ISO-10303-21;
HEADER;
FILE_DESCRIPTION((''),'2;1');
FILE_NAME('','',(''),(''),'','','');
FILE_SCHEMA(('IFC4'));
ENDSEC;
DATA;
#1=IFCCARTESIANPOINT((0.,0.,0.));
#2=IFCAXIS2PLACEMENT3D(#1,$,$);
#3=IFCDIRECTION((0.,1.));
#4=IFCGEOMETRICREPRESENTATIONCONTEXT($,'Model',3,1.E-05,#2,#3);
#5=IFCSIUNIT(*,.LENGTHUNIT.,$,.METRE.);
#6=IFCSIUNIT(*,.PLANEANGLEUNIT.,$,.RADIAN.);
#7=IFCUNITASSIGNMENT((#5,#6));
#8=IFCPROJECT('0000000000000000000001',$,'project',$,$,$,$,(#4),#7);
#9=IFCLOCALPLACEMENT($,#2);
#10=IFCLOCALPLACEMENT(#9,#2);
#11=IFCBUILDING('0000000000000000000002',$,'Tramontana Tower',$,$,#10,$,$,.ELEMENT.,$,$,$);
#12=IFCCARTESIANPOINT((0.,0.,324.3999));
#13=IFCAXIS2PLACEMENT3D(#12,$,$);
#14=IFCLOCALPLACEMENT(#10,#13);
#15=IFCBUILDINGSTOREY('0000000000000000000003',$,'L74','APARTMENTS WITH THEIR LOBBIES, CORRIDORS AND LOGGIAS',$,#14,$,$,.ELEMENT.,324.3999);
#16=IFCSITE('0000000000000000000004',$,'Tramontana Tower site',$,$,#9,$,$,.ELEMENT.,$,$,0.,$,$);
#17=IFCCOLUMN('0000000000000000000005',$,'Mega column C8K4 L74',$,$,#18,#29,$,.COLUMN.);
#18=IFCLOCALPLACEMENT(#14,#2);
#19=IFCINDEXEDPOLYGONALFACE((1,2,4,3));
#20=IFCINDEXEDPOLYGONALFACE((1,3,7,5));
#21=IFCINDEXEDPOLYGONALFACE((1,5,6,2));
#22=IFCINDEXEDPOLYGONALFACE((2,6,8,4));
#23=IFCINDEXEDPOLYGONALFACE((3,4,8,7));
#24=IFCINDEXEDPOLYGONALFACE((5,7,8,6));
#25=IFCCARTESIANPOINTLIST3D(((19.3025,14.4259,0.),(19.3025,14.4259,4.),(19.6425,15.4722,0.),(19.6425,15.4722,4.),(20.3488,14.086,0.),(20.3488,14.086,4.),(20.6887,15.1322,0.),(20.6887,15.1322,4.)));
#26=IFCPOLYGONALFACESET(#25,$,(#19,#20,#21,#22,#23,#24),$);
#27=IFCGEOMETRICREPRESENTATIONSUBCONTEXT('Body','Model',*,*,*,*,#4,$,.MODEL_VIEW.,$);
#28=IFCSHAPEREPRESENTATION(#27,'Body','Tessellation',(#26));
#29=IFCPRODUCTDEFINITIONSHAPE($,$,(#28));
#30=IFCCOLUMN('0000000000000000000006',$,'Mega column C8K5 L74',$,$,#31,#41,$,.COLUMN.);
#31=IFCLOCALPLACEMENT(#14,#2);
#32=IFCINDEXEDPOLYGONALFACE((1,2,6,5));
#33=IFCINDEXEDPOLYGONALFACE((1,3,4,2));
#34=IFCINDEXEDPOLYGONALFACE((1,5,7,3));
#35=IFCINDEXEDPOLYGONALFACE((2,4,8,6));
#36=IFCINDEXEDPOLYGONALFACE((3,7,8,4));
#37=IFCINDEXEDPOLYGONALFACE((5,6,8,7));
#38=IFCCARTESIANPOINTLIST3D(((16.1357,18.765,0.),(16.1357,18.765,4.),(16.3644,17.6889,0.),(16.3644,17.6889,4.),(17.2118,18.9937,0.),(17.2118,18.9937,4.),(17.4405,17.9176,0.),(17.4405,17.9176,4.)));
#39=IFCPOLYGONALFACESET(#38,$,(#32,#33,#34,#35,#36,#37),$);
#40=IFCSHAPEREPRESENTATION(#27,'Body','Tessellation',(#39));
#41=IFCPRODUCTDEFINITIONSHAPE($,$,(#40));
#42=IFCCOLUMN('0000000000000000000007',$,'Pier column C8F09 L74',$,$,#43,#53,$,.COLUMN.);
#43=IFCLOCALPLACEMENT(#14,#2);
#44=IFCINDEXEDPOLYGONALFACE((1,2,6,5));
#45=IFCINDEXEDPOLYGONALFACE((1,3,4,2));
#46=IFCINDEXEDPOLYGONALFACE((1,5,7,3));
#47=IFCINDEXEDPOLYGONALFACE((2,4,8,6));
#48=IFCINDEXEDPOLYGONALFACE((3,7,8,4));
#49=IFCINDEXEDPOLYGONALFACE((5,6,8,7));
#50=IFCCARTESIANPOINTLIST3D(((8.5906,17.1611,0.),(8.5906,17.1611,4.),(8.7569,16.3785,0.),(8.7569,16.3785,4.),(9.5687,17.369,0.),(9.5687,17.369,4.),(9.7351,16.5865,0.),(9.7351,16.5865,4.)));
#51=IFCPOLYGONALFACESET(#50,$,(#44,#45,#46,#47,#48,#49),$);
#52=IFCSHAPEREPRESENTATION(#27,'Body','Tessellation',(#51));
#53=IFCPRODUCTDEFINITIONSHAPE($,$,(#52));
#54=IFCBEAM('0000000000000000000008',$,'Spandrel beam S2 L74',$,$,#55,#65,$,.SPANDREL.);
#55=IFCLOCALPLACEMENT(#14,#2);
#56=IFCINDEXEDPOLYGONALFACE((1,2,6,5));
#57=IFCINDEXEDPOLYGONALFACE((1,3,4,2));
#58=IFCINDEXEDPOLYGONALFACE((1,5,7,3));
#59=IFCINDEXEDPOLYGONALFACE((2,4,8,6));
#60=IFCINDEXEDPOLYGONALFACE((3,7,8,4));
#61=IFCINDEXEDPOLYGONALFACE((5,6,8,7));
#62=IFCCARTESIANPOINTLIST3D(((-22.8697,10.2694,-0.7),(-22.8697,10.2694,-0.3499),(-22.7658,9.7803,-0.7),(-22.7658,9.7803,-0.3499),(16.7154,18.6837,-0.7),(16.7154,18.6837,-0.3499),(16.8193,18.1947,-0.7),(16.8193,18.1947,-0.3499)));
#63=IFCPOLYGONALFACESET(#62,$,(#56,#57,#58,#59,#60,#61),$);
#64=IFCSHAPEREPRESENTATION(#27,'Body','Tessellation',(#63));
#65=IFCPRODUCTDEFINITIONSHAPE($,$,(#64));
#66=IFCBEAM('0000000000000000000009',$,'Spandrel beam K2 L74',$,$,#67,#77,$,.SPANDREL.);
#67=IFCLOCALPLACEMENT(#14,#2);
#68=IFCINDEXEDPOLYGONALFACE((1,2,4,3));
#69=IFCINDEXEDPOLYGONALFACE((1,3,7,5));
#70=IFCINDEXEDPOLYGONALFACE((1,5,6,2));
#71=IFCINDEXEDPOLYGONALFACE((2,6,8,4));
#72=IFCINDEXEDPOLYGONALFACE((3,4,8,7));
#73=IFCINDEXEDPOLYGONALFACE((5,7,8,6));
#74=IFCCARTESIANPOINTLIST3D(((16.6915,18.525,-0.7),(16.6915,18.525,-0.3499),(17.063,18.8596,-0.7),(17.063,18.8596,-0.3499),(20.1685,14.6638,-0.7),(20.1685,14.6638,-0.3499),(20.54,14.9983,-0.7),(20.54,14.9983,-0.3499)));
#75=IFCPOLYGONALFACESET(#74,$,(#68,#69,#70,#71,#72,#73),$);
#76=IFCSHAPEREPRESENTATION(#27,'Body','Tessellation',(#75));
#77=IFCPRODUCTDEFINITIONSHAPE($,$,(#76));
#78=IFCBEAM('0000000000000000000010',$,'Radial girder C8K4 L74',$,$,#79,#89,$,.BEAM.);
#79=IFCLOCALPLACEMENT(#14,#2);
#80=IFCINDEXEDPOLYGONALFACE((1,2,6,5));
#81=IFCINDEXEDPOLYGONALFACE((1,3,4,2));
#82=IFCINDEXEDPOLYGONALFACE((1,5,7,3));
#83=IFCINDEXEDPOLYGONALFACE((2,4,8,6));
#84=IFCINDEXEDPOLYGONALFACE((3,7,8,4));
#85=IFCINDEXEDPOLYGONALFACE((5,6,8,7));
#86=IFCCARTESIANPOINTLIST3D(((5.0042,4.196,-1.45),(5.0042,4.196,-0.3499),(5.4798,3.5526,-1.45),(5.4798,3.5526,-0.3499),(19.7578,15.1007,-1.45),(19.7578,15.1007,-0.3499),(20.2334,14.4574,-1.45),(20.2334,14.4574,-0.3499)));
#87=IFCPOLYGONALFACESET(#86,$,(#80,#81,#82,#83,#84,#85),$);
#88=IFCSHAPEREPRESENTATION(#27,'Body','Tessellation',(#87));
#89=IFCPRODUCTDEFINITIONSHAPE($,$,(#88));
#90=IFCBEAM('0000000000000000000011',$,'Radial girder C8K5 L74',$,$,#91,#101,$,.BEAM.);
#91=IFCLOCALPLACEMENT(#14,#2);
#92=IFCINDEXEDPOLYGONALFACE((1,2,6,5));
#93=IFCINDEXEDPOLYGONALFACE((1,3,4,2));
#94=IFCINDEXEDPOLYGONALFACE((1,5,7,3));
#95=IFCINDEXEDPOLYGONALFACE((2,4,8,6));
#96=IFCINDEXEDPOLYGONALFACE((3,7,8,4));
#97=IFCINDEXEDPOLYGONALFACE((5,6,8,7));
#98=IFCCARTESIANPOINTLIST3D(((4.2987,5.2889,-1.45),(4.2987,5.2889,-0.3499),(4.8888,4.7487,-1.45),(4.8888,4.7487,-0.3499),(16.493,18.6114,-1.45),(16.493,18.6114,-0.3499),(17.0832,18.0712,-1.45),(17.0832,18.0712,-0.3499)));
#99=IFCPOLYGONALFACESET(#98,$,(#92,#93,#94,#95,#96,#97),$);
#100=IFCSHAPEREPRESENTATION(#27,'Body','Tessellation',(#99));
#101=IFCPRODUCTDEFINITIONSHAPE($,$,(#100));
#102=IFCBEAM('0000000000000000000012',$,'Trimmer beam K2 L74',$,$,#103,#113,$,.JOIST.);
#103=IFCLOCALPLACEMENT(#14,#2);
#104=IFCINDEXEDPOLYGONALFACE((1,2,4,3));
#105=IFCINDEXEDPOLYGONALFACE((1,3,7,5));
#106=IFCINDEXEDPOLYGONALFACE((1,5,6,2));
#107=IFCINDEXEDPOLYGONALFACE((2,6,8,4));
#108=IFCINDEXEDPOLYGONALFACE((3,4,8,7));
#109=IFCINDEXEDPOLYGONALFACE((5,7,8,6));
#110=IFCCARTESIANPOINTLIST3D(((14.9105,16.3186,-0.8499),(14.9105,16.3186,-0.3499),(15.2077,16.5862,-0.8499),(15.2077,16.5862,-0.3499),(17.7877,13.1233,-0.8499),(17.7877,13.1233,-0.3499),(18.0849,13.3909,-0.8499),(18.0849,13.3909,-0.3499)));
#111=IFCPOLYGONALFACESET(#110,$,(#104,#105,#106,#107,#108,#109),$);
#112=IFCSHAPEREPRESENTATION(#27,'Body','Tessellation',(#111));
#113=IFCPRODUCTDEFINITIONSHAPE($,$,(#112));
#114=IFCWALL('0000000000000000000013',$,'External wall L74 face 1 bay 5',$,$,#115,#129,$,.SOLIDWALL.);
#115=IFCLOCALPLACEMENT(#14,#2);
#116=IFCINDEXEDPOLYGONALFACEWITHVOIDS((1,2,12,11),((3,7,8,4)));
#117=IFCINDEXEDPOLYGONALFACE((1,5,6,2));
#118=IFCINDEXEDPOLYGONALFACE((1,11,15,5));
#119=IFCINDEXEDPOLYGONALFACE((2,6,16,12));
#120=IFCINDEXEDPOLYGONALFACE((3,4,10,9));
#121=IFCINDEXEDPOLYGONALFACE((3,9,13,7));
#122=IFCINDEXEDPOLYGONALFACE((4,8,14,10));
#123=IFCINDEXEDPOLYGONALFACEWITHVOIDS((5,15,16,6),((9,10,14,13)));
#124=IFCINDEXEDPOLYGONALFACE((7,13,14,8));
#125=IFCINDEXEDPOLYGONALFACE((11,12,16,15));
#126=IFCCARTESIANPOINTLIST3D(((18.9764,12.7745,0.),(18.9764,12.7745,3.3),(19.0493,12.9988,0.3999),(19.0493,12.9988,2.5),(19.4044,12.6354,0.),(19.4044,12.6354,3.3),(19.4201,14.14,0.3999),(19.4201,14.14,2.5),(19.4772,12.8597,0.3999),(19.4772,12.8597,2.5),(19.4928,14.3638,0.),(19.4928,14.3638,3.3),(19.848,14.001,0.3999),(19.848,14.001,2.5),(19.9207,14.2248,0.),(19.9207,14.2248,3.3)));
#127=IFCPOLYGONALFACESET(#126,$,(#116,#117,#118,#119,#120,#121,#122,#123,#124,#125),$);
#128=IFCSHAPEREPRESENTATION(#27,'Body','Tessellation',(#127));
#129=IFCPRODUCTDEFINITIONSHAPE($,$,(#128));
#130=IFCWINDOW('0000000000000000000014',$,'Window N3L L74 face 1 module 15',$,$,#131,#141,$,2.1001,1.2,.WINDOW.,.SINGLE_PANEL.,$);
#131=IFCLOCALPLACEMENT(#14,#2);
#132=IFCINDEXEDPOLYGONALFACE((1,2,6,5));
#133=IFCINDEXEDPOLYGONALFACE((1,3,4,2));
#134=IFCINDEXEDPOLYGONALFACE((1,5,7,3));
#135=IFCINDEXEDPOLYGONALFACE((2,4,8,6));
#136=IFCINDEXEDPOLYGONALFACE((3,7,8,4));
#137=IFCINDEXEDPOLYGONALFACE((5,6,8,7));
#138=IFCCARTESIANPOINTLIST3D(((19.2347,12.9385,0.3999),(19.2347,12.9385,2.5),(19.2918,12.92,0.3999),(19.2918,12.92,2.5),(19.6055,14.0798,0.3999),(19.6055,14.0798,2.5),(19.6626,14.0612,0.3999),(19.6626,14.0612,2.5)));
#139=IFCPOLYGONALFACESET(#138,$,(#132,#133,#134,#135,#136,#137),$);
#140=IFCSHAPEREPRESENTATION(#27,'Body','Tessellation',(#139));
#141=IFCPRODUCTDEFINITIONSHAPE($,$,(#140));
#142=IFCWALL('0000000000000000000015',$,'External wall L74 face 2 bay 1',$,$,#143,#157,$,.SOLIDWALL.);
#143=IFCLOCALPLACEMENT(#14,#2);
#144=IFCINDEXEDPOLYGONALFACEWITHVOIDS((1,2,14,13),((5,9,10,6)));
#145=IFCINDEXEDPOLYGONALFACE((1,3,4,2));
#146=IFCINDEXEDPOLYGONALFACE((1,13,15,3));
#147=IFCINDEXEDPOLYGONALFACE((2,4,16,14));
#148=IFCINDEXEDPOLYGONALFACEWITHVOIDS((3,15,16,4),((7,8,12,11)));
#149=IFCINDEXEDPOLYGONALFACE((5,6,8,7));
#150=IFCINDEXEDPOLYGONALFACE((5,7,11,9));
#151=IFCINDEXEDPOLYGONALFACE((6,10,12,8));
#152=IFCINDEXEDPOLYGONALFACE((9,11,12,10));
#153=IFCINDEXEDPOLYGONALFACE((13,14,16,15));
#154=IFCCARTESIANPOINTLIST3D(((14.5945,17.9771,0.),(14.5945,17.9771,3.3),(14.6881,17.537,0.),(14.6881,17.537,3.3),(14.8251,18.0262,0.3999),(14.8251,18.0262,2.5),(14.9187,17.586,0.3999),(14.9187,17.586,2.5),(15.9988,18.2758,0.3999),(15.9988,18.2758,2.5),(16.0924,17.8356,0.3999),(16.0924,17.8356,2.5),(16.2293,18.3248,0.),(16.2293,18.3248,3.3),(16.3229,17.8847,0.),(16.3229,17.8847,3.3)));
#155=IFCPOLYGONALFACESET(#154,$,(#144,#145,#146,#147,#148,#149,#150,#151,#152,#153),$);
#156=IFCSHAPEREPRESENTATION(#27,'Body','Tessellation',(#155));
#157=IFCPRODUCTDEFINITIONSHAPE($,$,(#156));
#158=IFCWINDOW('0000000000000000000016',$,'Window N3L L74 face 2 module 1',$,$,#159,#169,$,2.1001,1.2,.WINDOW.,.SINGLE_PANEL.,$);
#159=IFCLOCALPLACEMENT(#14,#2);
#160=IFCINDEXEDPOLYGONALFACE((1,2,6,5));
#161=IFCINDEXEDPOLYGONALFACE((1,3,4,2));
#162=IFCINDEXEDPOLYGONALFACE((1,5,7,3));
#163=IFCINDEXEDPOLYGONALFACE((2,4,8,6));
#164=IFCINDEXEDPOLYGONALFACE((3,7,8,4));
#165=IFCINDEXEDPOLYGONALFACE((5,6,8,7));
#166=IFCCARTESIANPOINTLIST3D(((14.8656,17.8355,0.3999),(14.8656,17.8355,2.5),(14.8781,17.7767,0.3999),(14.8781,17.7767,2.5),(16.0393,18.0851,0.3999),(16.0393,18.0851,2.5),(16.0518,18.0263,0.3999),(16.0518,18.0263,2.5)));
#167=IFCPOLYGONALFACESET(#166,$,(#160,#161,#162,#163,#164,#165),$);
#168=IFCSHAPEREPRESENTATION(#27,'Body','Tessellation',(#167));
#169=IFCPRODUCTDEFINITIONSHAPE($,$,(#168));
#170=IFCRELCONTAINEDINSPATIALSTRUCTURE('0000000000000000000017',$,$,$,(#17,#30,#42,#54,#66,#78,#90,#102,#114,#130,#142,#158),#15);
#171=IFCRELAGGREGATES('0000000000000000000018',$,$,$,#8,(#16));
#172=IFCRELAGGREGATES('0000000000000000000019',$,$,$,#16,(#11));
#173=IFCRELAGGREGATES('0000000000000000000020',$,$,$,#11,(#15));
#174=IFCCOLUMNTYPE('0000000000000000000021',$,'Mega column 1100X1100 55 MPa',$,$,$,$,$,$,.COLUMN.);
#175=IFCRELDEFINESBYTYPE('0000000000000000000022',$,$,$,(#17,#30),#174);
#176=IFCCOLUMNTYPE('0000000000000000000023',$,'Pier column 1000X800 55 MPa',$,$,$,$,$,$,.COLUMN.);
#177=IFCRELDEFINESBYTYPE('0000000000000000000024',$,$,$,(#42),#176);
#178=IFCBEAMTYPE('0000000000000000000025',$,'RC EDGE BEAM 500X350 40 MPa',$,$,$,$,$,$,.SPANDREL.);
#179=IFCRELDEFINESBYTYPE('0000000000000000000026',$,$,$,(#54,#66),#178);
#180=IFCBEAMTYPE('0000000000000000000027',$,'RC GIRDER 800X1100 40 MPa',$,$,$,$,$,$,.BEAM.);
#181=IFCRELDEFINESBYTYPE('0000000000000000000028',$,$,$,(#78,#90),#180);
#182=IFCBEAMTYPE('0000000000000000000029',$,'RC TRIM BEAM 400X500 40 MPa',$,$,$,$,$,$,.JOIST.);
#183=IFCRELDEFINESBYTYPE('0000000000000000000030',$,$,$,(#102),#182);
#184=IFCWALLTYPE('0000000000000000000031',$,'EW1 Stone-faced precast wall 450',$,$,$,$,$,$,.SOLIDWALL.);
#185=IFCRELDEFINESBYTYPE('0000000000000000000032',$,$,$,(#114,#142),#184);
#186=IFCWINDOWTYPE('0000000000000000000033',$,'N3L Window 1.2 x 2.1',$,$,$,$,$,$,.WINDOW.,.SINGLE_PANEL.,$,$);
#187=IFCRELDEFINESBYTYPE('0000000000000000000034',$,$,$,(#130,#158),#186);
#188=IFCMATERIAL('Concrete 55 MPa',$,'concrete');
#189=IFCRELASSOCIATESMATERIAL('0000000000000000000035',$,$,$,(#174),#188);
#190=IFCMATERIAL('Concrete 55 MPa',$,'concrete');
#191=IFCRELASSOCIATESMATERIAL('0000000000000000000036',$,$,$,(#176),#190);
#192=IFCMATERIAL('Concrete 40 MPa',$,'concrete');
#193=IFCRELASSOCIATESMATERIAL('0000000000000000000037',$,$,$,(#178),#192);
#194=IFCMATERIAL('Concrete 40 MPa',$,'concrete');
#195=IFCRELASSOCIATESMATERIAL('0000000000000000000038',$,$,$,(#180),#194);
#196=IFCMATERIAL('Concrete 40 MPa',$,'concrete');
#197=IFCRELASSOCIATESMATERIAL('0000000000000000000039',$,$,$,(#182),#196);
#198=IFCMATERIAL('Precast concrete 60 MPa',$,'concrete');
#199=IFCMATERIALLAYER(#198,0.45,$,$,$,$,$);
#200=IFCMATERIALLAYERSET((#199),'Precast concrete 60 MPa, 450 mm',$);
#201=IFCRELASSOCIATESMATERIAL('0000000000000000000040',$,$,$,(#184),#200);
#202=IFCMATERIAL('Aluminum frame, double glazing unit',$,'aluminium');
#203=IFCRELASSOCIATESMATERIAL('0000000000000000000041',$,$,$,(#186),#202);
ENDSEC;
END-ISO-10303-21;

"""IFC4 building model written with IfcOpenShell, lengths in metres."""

from ifc_helpers import new_model, si_unit, direction, frame, frame_2d, origin, origin_2d, place, context, subcontext, project, spatial, rectangle, extrude, material, layer, layer_set, material_profile, profile_set, type_object, element, fill, save


model = new_model("IFC4")

# Units and contexts
model_context = context("Model", 3, precision=1e-05, world=origin(), true_north=direction((0.0, 1.0)))
body_context = subcontext(model_context, "Body", "Model", "MODEL_VIEW")
ifc_project = project(units=[si_unit("LENGTHUNIT", "METRE"), si_unit("PLANEANGLEUNIT", "RADIAN")], contexts=[model_context])

# Site, building, storey
site_placement = place(None, origin())
site = spatial("IfcSite", under=ifc_project, at=site_placement, Name="Tramontana Tower site", CompositionType="ELEMENT", RefElevation=0.0)
building_placement = place(site_placement, origin())
building = spatial("IfcBuilding", under=site, at=building_placement, Name="Tramontana Tower", CompositionType="ELEMENT")
storey_placement = place(building_placement, frame((0.0, 0.0, 324.3999)))
storey = spatial("IfcBuildingStorey", under=building, at=storey_placement, Name="L74", Description="APARTMENTS WITH THEIR LOBBIES, CORRIDORS AND LOGGIAS", CompositionType="ELEMENT", Elevation=324.3999)

# Columns
ifc_material_1 = material(Name="Concrete 55 MPa", Category="concrete")
ifc_material_profile_1 = material_profile(ifc_material_1, rectangle(XDim=1.1001, YDim=1.1001, at=origin_2d()), Name="Mega column 1100X1100 55 MPa")
ifc_profile_set_1 = profile_set([ifc_material_profile_1], Name="Concrete 55 MPa")
column_type_1 = type_object("IfcColumnType", Name="Mega column 1100X1100 55 MPa", PredefinedType="COLUMN", material=ifc_profile_set_1)
for number, where, z_axis, x_axis, name in (
    (1, (19.9956, 14.7791, 0.0), (0.0, 0.0, 1.0), (0.309017, 0.951057, 0.0), "Mega column C8K4 L74"),
    (2, (16.7881, 18.3413, 0.0), (0.0, 0.0, 1.0), (-0.978148, -0.207912, 0.0), "Mega column C8K5 L74"),
):
    element("IfcColumn", number, at=place(storey_placement, frame(where, z_axis=z_axis, x_axis=x_axis)), inside=storey, type_object=column_type_1, Name=name, PredefinedType="COLUMN", context=body_context, shape_type="SweptSolid", body=[
        extrude(rectangle(XDim=1.1001, YDim=1.1001, at=origin_2d()), origin(), (0.0, 0.0, 1.0), 4.0),
    ])
ifc_material_2 = material(Name="Concrete 55 MPa", Category="concrete")
ifc_material_profile_2 = material_profile(ifc_material_2, rectangle(XDim=1.0, YDim=0.8, at=origin_2d()), Name="Pier column 1000X800 55 MPa")
ifc_profile_set_2 = profile_set([ifc_material_profile_2], Name="Concrete 55 MPa")
column_type_2 = type_object("IfcColumnType", Name="Pier column 1000X800 55 MPa", PredefinedType="COLUMN", material=ifc_profile_set_2)
column_placement = place(storey_placement, frame((9.1628, 16.8738, 0.0), z_axis=(0.0, 0.0, 1.0), x_axis=(-0.978148, -0.207912, 0.0)))
element("IfcColumn", 3, at=column_placement, inside=storey, type_object=column_type_2, Name="Pier column C8F09 L74", PredefinedType="COLUMN", context=body_context, shape_type="SweptSolid", body=[
    extrude(rectangle(XDim=1.0, YDim=0.8, at=origin_2d()), origin(), (0.0, 0.0, 1.0), 4.0),
])

# Beams
ifc_material_3 = material(Name="Concrete 40 MPa", Category="concrete")
ifc_material_profile_3 = material_profile(ifc_material_3, rectangle(XDim=0.5, YDim=0.3501, at=origin_2d()), Name="RC EDGE BEAM 500X350 40 MPa")
ifc_profile_set_3 = profile_set([ifc_material_profile_3], Name="Concrete 40 MPa")
beam_type_1 = type_object("IfcBeamType", Name="RC EDGE BEAM 500X350 40 MPa", PredefinedType="SPANDREL", material=ifc_profile_set_3)
beam_1_placement = place(storey_placement, frame((16.7673, 18.4392, -0.5249), z_axis=(-0.978146, -0.207918, 0.0), x_axis=(0.207918, -0.978146, 0.0)))
element("IfcBeam", 4, at=beam_1_placement, inside=storey, type_object=beam_type_1, Name="Spandrel beam S2 L74", PredefinedType="SPANDREL", context=body_context, shape_type="SweptSolid", body=[
    extrude(rectangle(XDim=0.5, YDim=0.3501, at=origin_2d()), origin(), (0.0, 0.0, 1.0), 40.4695),
])
beam_2_placement = place(storey_placement, frame((20.3542, 14.8311, -0.5249), z_axis=(-0.669162, 0.743117, 0.0), x_axis=(-0.743117, -0.669162, 0.0)))
element("IfcBeam", 5, at=beam_2_placement, inside=storey, type_object=beam_type_1, Name="Spandrel beam K2 L74", PredefinedType="SPANDREL", context=body_context, shape_type="SweptSolid", body=[
    extrude(rectangle(XDim=0.5, YDim=0.3501, at=origin_2d()), origin(), (0.0, 0.0, 1.0), 5.196),
])
ifc_material_4 = material(Name="Concrete 40 MPa", Category="concrete")
ifc_material_profile_4 = material_profile(ifc_material_4, rectangle(XDim=0.8, YDim=1.1001, at=origin_2d()), Name="RC GIRDER 800X1100 40 MPa")
ifc_profile_set_4 = profile_set([ifc_material_profile_4], Name="Concrete 40 MPa")
beam_type_2 = type_object("IfcBeamType", Name="RC GIRDER 800X1100 40 MPa", PredefinedType="BEAM", material=ifc_profile_set_4)
beam_3_placement = place(storey_placement, frame((19.9956, 14.7791, -0.8999), z_axis=(-0.804179, -0.594388, 0.0), x_axis=(0.594388, -0.804179, 0.0)))
element("IfcBeam", 6, at=beam_3_placement, inside=storey, type_object=beam_type_2, Name="Radial girder C8K4 L74", PredefinedType="BEAM", context=body_context, shape_type="SweptSolid", body=[
    extrude(rectangle(XDim=0.8, YDim=1.1001, at=origin_2d()), origin(), (0.0, 0.0, 1.0), 18.3462),
])
beam_4_placement = place(storey_placement, frame((16.7881, 18.3413, -0.8999), z_axis=(-0.675184, -0.737649, 0.0), x_axis=(0.737649, -0.675184, 0.0)))
element("IfcBeam", 7, at=beam_4_placement, inside=storey, type_object=beam_type_2, Name="Radial girder C8K5 L74", PredefinedType="BEAM", context=body_context, shape_type="SweptSolid", body=[
    extrude(rectangle(XDim=0.8, YDim=1.1001, at=origin_2d()), origin(), (0.0, 0.0, 1.0), 18.0608),
])
ifc_material_5 = material(Name="Concrete 40 MPa", Category="concrete")
ifc_material_profile_5 = material_profile(ifc_material_5, rectangle(XDim=0.3999, YDim=0.5, at=origin_2d()), Name="RC TRIM BEAM 400X500 40 MPa")
ifc_profile_set_5 = profile_set([ifc_material_profile_5], Name="Concrete 40 MPa")
beam_type_3 = type_object("IfcBeamType", Name="RC TRIM BEAM 400X500 40 MPa", PredefinedType="JOIST", material=ifc_profile_set_5)
beam_5_placement = place(storey_placement, frame((17.9363, 13.2571, -0.5999), z_axis=(-0.669147, 0.74313, 0.0), x_axis=(-0.74313, -0.669147, 0.0)))
element("IfcBeam", 8, at=beam_5_placement, inside=storey, type_object=beam_type_3, Name="Trimmer beam K2 L74", PredefinedType="JOIST", context=body_context, shape_type="SweptSolid", body=[
    extrude(rectangle(XDim=0.3999, YDim=0.5, at=origin_2d()), origin(), (0.0, 0.0, 1.0), 4.2998),
])

# Walls, openings, windows
ifc_material_6 = material(Name="Precast concrete 60 MPa", Category="concrete")
ifc_layer_1 = layer(ifc_material_6, 0.45)
ifc_layer_set_1 = layer_set([ifc_layer_1], Name="Precast concrete 60 MPa, 450 mm")
wall_type_1 = type_object("IfcWallType", Name="EW1 Stone-faced precast wall 450", PredefinedType="SOLIDWALL", material=ifc_layer_set_1)
wall_1_placement = place(storey_placement, frame((19.1904, 12.7051, 0.0), z_axis=(0.0, 0.0, 1.0), x_axis=(0.308987, 0.951066, 0.0)))
wall_1 = element("IfcWall", 9, at=wall_1_placement, inside=storey, type_object=wall_type_1, Name="External wall L74 face 1 bay 5", PredefinedType="SOLIDWALL", context=body_context, shape_type="SweptSolid", body=[
    extrude(rectangle(XDim=1.6711, YDim=0.45, at=frame_2d((0.8354, 0.0))), origin(), (0.0, 0.0, 1.0), 3.3),
])
opening_1_placement = place(wall_1_placement, frame((0.2356, 0.0, 0.3999)))
opening_1 = element("IfcOpeningElement", 10, at=opening_1_placement, cuts=wall_1, PredefinedType="OPENING", context=body_context, shape_type="SweptSolid", body=[
    extrude(rectangle(XDim=1.2, YDim=2.1001, at=frame_2d((0.6001, 1.05))), frame((0.0, 0.2349, 0.0), z_axis=(0.0, -1.0, 0.0), x_axis=(1.0, 0.0, 0.0)), (0.0, 0.0, 1.0), 0.47),
])
ifc_material_7 = material(Name="Aluminum frame, double glazing unit", Category="aluminium")
window_type_1 = type_object("IfcWindowType", Name="N3L Window 1.2 x 2.1", PartitioningType="SINGLE_PANEL", PredefinedType="WINDOW", material=ifc_material_7)
window_1_placement = place(opening_1_placement, origin())
window_1 = element("IfcWindow", 11, at=window_1_placement, inside=storey, type_object=window_type_1, Name="Window N3L L74 face 1 module 15", OverallHeight=2.1001, OverallWidth=1.2, PartitioningType="SINGLE_PANEL", PredefinedType="WINDOW", context=body_context, shape_type="SweptSolid", body=[
    extrude(rectangle(XDim=1.2, YDim=2.1001, at=frame_2d((0.6001, 1.05))), frame((0.0, 0.03, 0.0), z_axis=(0.0, -1.0, 0.0), x_axis=(1.0, 0.0, 0.0)), (0.0, 0.0, 1.0), 0.0601),
])
fill(opening_1, window_1)
wall_2_placement = place(storey_placement, frame((16.2761, 18.1047, 0.0), z_axis=(0.0, 0.0, 1.0), x_axis=(-0.978126, -0.208012, 0.0)))
wall_2 = element("IfcWall", 12, at=wall_2_placement, inside=storey, type_object=wall_type_1, Name="External wall L74 face 2 bay 1", PredefinedType="SOLIDWALL", context=body_context, shape_type="SweptSolid", body=[
    extrude(rectangle(XDim=1.6714, YDim=0.45, at=frame_2d((0.8357, 0.0))), origin(), (0.0, 0.0, 1.0), 3.3),
])
opening_2_placement = place(wall_2_placement, frame((0.2356, 0.0, 0.3999)))
opening_2 = element("IfcOpeningElement", 13, at=opening_2_placement, cuts=wall_2, PredefinedType="OPENING", context=body_context, shape_type="SweptSolid", body=[
    extrude(rectangle(XDim=1.2, YDim=2.1001, at=frame_2d((0.6001, 1.05))), frame((0.0, 0.2349, 0.0), z_axis=(0.0, -1.0, 0.0), x_axis=(1.0, 0.0, 0.0)), (0.0, 0.0, 1.0), 0.47),
])
window_2_placement = place(opening_2_placement, origin())
window_2 = element("IfcWindow", 14, at=window_2_placement, inside=storey, type_object=window_type_1, Name="Window N3L L74 face 2 module 1", OverallHeight=2.1001, OverallWidth=1.2, PartitioningType="SINGLE_PANEL", PredefinedType="WINDOW", context=body_context, shape_type="SweptSolid", body=[
    extrude(rectangle(XDim=1.2, YDim=2.1001, at=frame_2d((0.6001, 1.05))), frame((0.0, 0.03, 0.0), z_axis=(0.0, -1.0, 0.0), x_axis=(1.0, 0.0, 0.0)), (0.0, 0.0, 1.0), 0.0601),
])
fill(opening_2, window_2)

save(model, "model.ifc")
